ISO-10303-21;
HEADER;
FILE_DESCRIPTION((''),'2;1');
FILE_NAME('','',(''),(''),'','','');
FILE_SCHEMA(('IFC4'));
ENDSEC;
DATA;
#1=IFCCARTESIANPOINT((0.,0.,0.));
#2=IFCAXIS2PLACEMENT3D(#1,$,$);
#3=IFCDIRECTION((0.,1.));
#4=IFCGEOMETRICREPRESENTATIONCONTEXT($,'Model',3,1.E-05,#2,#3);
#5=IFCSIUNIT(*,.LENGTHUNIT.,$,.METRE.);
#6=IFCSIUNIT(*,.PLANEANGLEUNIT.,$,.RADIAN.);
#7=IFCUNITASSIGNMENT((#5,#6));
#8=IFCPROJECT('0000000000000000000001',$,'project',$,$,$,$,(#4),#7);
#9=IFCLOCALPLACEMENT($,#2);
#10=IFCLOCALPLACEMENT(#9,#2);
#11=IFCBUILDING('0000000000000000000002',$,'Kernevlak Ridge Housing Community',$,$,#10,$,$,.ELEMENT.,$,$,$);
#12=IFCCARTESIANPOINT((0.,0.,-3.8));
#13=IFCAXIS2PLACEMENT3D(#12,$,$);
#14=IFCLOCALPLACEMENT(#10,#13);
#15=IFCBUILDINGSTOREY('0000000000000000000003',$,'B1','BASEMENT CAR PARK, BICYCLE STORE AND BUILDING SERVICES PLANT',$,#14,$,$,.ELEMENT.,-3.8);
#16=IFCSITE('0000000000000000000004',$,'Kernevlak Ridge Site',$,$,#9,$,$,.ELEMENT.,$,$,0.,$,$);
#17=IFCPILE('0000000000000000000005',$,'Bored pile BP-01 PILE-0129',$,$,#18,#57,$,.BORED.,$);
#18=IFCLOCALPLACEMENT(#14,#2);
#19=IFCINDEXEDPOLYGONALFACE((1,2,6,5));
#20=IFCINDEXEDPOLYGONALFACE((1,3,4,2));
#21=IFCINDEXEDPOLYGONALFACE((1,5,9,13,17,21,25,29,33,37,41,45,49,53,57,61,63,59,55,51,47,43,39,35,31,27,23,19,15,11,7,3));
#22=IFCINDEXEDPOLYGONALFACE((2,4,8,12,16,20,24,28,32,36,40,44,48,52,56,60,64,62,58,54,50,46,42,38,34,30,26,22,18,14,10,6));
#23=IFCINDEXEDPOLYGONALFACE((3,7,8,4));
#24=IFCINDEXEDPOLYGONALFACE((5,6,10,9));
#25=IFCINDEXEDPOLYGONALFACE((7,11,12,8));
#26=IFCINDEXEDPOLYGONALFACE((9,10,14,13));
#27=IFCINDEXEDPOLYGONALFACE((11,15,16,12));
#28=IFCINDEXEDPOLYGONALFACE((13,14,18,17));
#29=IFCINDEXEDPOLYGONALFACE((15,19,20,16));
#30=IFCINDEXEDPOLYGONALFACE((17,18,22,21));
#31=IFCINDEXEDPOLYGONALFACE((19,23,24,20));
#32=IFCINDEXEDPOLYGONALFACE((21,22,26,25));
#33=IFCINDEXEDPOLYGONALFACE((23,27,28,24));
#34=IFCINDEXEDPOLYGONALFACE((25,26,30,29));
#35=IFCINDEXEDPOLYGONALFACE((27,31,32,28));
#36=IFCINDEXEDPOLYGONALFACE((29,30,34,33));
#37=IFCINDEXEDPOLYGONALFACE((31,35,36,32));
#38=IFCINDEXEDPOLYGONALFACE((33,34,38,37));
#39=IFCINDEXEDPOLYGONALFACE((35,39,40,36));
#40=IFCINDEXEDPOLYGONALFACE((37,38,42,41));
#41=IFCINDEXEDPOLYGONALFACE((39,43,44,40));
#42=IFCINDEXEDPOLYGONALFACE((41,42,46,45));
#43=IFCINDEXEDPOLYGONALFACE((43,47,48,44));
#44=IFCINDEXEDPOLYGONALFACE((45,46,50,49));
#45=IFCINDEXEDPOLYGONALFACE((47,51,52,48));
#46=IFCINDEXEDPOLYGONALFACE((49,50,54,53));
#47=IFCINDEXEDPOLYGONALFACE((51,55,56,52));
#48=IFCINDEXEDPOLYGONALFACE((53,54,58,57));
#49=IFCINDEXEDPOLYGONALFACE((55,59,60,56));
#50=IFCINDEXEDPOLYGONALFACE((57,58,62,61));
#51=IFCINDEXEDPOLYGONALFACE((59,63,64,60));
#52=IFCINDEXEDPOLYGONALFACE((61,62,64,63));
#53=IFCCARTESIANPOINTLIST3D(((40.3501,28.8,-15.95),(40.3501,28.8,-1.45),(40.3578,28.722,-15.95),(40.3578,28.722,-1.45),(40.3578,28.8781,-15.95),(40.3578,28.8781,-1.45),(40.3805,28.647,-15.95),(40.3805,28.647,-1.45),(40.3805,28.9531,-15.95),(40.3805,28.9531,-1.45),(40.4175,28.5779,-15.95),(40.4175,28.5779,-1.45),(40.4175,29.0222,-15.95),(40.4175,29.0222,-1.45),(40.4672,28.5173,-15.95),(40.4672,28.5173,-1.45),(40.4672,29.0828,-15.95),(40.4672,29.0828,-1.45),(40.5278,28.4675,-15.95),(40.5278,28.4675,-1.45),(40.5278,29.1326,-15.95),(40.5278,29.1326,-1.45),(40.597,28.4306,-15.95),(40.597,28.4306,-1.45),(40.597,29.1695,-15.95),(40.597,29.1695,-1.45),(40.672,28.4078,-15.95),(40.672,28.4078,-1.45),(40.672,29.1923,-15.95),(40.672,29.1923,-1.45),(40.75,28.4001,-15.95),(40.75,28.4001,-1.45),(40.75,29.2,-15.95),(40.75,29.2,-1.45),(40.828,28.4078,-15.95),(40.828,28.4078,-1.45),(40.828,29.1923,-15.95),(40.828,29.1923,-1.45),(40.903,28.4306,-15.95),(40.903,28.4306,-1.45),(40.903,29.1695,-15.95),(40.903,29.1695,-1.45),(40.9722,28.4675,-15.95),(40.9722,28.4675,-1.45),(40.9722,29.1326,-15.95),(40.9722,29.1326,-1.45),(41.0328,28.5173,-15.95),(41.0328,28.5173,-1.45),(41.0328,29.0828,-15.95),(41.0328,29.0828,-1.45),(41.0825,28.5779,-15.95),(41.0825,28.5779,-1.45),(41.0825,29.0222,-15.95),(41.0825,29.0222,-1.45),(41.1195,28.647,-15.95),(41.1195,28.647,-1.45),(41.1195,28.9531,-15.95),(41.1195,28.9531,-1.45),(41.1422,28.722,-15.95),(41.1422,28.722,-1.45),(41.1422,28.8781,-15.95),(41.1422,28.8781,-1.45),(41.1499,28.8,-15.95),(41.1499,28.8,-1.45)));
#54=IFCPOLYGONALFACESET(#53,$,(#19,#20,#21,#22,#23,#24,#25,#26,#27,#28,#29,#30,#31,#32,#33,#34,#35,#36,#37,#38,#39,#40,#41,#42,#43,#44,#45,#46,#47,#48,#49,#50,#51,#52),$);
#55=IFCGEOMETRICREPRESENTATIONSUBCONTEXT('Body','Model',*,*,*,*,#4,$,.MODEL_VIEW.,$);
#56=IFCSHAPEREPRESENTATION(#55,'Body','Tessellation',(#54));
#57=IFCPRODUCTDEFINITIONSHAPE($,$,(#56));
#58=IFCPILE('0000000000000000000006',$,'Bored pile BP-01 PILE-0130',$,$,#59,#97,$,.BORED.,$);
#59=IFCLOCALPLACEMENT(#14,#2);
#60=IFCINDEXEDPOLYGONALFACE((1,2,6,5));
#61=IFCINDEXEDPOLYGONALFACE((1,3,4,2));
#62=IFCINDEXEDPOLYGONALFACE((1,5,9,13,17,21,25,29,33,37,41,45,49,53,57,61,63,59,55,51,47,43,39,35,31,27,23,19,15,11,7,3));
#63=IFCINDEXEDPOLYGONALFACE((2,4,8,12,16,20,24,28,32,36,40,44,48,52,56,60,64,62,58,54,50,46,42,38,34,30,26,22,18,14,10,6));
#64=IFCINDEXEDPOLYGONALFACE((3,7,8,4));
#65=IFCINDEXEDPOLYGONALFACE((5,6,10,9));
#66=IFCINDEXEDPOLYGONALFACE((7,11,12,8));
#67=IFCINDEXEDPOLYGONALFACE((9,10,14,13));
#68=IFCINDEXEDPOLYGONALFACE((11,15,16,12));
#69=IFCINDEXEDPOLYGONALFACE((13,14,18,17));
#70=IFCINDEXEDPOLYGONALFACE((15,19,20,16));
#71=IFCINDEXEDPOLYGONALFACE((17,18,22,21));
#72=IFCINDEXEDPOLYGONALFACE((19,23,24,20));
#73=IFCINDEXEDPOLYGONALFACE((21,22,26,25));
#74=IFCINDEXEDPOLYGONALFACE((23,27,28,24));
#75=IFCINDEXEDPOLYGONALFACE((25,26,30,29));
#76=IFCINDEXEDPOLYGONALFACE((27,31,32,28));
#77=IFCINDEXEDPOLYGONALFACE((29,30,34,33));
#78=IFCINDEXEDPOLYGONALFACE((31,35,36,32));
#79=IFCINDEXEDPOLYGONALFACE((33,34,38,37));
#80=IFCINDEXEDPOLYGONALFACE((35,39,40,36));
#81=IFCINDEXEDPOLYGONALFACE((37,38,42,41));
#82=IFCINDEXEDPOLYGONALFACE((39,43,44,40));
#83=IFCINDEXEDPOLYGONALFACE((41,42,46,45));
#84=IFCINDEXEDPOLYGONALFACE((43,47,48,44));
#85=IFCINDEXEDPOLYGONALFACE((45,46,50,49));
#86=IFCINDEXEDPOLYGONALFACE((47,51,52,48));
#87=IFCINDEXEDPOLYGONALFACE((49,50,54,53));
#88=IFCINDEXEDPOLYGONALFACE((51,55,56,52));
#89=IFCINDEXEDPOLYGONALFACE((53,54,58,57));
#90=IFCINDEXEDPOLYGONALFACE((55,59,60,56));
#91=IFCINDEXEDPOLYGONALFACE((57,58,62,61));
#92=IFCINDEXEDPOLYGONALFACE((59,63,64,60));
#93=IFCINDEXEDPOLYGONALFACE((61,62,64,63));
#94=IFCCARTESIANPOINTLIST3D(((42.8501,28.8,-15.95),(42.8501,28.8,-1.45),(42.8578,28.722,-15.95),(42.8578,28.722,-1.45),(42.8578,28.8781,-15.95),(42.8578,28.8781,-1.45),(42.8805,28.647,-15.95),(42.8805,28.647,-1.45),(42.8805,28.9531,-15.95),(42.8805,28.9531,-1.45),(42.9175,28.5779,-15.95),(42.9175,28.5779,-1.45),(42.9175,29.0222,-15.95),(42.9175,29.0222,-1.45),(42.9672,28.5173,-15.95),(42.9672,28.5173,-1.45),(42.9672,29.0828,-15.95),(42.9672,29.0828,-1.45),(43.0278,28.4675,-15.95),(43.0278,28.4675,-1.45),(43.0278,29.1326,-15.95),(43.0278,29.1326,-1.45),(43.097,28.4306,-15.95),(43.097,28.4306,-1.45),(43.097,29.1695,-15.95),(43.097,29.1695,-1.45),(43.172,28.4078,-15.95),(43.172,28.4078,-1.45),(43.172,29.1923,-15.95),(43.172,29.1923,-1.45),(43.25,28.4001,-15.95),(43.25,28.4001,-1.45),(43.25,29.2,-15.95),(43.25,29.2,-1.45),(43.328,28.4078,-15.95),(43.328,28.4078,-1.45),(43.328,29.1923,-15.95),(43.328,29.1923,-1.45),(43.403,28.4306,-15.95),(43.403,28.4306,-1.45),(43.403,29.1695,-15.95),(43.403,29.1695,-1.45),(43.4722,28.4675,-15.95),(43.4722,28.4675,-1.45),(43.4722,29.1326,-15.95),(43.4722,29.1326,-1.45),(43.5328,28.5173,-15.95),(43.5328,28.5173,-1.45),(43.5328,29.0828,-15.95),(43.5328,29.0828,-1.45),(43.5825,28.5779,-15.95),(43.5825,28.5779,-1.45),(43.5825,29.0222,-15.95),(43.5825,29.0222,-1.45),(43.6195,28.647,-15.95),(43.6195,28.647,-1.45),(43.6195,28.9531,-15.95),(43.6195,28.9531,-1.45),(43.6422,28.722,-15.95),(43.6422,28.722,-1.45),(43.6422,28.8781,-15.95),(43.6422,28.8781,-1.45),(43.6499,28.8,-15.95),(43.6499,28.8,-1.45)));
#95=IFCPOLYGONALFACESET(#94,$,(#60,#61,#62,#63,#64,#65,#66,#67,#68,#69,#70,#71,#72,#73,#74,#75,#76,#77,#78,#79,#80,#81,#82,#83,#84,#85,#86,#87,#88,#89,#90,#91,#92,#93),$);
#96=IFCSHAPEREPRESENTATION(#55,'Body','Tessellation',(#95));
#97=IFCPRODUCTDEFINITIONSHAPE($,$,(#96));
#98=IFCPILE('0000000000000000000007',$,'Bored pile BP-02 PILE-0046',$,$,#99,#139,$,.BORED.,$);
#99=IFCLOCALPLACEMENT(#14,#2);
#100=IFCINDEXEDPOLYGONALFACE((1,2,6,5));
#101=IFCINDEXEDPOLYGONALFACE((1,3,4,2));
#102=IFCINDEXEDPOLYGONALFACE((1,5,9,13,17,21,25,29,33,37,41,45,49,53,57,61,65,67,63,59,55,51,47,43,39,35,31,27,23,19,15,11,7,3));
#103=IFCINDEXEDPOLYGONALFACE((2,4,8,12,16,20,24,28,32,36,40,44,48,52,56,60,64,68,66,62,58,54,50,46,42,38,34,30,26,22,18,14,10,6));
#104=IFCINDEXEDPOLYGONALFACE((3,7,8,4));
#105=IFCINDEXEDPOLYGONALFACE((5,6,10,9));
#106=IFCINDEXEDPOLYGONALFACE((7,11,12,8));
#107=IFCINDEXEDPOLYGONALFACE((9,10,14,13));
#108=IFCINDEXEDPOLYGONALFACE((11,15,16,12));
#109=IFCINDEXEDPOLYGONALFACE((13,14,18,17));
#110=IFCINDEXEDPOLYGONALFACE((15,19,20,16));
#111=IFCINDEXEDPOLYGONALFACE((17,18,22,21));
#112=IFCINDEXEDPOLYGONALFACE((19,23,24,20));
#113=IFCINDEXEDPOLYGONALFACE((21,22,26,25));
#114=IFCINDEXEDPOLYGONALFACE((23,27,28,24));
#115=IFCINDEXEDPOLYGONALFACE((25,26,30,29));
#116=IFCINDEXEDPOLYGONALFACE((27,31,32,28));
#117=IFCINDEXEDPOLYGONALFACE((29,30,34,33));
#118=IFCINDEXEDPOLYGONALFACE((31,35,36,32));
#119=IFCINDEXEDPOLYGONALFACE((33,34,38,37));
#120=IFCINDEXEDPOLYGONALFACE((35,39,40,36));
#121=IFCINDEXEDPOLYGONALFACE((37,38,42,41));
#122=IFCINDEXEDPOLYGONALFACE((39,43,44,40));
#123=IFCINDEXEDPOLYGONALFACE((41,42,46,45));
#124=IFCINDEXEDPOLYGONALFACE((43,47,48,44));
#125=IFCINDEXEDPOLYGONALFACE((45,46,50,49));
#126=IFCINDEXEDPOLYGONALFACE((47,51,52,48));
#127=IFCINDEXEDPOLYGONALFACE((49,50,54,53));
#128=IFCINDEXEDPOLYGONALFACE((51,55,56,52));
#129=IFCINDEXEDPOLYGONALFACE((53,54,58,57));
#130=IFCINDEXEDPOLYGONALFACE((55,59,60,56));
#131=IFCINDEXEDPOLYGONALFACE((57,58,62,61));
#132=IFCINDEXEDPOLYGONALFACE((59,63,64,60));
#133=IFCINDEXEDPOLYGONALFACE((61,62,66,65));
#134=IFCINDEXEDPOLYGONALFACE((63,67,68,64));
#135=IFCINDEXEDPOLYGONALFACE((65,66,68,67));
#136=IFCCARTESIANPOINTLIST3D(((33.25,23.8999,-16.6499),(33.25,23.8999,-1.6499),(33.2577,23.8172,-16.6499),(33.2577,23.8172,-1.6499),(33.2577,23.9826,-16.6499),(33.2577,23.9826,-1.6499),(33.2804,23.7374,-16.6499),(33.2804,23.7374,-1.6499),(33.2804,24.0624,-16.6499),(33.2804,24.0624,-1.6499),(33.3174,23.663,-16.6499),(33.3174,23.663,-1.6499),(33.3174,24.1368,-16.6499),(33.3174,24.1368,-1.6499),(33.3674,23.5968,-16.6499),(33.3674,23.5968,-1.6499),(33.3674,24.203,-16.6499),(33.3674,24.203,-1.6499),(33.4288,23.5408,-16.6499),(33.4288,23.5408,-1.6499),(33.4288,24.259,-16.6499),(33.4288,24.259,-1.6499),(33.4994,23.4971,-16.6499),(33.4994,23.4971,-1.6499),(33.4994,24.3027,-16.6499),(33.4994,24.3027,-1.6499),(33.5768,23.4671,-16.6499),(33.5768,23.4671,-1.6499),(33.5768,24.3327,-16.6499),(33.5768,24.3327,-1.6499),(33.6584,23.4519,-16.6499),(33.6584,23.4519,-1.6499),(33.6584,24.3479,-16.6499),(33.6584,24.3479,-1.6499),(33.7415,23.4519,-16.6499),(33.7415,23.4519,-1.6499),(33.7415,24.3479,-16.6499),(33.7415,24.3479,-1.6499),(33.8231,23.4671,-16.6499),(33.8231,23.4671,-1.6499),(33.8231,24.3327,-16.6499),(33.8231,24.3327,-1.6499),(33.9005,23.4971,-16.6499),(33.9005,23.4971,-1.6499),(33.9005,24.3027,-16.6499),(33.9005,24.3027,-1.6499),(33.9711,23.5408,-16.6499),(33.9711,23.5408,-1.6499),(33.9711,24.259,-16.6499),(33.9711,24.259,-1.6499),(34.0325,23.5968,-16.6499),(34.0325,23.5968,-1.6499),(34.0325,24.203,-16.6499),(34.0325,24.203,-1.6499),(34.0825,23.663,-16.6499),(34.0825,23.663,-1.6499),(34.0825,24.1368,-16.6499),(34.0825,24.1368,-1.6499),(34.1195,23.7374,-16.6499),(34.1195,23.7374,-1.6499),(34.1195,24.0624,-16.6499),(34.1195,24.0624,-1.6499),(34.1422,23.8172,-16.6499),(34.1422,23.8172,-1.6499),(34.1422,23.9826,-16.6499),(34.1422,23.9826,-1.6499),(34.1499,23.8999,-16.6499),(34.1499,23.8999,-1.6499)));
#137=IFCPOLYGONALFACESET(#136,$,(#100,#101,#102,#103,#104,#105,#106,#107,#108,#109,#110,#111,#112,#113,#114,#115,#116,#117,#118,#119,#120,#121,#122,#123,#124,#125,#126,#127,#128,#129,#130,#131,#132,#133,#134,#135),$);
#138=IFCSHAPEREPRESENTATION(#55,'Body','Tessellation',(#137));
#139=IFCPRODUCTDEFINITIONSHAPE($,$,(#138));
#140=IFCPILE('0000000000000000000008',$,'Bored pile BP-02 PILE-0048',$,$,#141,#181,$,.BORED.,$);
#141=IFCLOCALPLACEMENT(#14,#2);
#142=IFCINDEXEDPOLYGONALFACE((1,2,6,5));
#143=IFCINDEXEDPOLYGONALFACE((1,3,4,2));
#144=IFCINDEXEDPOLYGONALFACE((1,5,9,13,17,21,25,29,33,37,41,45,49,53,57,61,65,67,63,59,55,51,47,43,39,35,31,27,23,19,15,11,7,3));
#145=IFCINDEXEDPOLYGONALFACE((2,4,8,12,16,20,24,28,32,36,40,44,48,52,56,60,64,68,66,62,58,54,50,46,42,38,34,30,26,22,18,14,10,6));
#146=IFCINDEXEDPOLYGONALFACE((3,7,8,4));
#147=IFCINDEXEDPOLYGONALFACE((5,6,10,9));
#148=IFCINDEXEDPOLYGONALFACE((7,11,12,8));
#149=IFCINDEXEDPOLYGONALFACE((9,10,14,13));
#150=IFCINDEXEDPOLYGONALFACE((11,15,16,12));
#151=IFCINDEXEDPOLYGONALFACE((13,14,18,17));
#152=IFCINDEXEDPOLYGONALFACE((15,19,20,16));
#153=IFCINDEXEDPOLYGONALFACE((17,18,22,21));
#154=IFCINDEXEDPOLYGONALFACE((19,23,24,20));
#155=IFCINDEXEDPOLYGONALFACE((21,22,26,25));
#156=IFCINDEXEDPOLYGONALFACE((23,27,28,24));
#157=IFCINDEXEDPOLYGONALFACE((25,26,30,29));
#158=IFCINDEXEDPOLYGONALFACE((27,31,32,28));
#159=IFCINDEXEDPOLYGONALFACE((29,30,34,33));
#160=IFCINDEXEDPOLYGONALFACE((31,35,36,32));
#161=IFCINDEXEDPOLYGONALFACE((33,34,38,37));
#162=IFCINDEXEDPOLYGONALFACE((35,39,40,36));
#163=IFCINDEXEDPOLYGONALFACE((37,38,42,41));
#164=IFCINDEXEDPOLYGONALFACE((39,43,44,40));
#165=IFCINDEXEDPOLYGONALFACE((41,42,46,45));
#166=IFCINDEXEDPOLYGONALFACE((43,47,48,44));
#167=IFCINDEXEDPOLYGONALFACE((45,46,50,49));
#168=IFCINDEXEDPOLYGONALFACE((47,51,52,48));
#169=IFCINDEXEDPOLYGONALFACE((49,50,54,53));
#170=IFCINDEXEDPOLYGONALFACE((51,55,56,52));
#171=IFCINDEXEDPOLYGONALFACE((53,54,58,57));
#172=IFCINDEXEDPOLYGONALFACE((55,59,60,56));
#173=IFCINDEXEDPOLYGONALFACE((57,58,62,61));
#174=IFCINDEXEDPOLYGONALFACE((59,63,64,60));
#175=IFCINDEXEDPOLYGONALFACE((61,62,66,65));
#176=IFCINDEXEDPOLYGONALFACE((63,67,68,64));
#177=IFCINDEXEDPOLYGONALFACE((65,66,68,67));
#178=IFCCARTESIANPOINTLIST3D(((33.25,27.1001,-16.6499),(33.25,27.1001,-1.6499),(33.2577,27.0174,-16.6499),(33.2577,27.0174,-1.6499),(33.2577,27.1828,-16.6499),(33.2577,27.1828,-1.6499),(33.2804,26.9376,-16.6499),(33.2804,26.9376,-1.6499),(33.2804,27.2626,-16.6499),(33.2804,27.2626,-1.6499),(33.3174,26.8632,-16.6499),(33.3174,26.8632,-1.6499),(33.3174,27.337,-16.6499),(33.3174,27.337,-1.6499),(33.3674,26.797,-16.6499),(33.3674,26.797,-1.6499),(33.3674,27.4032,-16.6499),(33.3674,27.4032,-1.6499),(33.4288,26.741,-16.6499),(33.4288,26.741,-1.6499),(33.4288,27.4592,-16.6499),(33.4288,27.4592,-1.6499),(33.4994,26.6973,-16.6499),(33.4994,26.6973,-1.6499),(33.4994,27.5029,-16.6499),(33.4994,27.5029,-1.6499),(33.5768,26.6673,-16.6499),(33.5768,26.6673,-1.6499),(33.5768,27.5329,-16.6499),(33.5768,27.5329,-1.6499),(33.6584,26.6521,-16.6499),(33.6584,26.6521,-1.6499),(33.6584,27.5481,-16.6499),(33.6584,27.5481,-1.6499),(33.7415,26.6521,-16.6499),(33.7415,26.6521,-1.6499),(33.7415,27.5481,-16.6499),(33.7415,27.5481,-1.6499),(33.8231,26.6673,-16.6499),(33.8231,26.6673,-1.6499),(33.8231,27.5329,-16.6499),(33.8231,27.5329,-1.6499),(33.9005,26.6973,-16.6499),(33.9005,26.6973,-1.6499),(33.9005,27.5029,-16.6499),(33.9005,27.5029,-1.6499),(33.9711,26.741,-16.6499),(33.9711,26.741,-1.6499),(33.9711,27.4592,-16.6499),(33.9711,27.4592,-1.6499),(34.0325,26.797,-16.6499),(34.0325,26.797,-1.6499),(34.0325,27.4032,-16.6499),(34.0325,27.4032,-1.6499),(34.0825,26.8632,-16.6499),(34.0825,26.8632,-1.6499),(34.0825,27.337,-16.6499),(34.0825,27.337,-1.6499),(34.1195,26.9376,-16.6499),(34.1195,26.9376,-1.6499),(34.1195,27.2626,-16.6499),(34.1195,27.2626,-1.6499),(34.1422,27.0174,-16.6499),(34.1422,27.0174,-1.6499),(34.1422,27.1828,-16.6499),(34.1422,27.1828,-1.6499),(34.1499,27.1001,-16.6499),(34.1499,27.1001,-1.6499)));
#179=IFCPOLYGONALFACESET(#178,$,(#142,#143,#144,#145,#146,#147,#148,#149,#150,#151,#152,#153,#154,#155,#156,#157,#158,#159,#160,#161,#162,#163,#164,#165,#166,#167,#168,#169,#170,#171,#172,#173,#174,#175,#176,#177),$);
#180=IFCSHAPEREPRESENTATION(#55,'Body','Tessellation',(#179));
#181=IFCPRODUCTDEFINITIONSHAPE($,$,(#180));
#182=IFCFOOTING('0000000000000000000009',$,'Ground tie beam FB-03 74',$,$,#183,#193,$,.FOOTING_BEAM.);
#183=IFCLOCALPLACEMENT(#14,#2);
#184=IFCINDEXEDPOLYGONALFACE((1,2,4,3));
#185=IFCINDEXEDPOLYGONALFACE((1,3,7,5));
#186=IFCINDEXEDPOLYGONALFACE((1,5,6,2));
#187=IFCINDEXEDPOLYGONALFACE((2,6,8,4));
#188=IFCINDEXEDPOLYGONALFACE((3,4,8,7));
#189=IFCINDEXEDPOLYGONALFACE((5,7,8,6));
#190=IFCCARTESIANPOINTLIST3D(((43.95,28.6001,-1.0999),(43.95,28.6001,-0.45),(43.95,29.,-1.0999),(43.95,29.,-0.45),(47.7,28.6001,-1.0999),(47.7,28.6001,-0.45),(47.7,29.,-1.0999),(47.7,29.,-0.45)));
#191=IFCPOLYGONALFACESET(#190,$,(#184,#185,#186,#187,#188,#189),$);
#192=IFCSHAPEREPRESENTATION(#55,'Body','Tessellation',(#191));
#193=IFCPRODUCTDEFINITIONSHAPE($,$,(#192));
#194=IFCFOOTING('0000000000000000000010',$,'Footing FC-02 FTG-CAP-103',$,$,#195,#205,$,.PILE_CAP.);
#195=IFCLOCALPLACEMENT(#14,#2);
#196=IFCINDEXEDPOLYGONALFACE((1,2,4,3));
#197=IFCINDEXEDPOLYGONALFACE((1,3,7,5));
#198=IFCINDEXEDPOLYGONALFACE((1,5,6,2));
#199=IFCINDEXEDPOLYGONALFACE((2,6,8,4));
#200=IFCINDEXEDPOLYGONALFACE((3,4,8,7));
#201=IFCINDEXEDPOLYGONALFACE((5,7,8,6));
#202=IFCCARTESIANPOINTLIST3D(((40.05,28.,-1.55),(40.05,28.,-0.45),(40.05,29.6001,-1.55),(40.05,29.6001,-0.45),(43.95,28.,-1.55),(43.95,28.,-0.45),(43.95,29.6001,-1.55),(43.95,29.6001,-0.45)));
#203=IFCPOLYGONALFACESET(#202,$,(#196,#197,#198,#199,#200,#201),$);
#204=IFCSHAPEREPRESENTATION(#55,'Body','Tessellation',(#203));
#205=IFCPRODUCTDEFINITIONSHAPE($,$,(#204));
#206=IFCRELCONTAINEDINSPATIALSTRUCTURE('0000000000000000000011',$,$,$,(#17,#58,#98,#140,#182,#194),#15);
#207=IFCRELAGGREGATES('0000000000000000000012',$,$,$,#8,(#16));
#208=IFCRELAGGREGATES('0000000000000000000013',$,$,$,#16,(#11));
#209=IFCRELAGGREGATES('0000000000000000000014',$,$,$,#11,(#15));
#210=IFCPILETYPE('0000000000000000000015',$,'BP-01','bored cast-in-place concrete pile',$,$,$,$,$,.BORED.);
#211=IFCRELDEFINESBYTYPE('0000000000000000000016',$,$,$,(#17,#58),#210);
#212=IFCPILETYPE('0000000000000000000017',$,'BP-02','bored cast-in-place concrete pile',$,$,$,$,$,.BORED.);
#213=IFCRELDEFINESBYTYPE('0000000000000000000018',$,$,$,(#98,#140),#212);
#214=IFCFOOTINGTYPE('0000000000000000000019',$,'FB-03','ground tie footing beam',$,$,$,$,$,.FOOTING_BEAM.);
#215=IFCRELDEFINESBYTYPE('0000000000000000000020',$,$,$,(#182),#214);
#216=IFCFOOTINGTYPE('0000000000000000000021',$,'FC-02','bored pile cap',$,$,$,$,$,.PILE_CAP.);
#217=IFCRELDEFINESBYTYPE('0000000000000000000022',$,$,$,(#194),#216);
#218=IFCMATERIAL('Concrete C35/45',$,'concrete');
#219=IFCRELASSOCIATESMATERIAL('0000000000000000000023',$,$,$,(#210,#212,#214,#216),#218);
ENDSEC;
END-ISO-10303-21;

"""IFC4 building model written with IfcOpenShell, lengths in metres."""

from ifc_helpers import new_model, si_unit, direction, frame, origin, origin_2d, place, context, subcontext, project, spatial, rectangle, circle, extrude, material, material_profile, profile_set, type_object, element, save


model = new_model("IFC4")

# Units and contexts
model_context = context("Model", 3, precision=1e-05, world=origin(), true_north=direction((0.0, 1.0)))
body_context = subcontext(model_context, "Body", "Model", "MODEL_VIEW")
ifc_project = project(units=[si_unit("LENGTHUNIT", "METRE"), si_unit("PLANEANGLEUNIT", "RADIAN")], contexts=[model_context])

# Site, building, storey
site_placement = place(None, origin())
site = spatial("IfcSite", under=ifc_project, at=site_placement, Name="Kernevlak Ridge Site", CompositionType="ELEMENT", RefElevation=0.0)
building_placement = place(site_placement, origin())
building = spatial("IfcBuilding", under=site, at=building_placement, Name="Kernevlak Ridge Housing Community", CompositionType="ELEMENT")
storey_placement = place(building_placement, frame((0.0, 0.0, -3.8)))
storey = spatial("IfcBuildingStorey", under=building, at=storey_placement, Name="B1", Description="BASEMENT CAR PARK, BICYCLE STORE AND BUILDING SERVICES PLANT", CompositionType="ELEMENT", Elevation=-3.8)

# Piles
ifc_material_1 = material(Name="Concrete C35/45", Category="concrete")
ifc_material_profile_1 = material_profile(ifc_material_1, circle(Radius=0.3999, at=origin_2d()), Name="BORED PILE 800")
ifc_profile_set_1 = profile_set([ifc_material_profile_1], Name="Concrete C35/45")
pile_type_1 = type_object("IfcPileType", Name="BP-01", Description="bored cast-in-place concrete pile", PredefinedType="BORED", material=ifc_profile_set_1)
for number, where, z_axis, x_axis, name in (
    (1, (40.75, 28.8, -1.45), (0.0, 0.0, -1.0), (1.0, 0.0, 0.0), "Bored pile BP-01 PILE-0129"),
    (2, (43.25, 28.8, -1.45), (0.0, 0.0, -1.0), (1.0, 0.0, 0.0), "Bored pile BP-01 PILE-0130"),
):
    element("IfcPile", number, at=place(storey_placement, frame(where, z_axis=z_axis, x_axis=x_axis)), inside=storey, type_object=pile_type_1, Name=name, PredefinedType="BORED", context=body_context, shape_type="SweptSolid", body=[
        extrude(circle(Radius=0.3999, at=origin_2d()), origin(), (0.0, 0.0, 1.0), 14.5),
    ])
ifc_material_profile_2 = material_profile(ifc_material_1, circle(Radius=0.45, at=origin_2d()), Name="BORED PILE 900")
ifc_profile_set_2 = profile_set([ifc_material_profile_2], Name="Concrete C35/45")
pile_type_2 = type_object("IfcPileType", Name="BP-02", Description="bored cast-in-place concrete pile", PredefinedType="BORED", material=ifc_profile_set_2)
for number, where, z_axis, x_axis, name in (
    (3, (33.7, 23.8999, -1.6499), (0.0, 0.0, -1.0), (1.0, 0.0, 0.0), "Bored pile BP-02 PILE-0046"),
    (4, (33.7, 27.1001, -1.6499), (0.0, 0.0, -1.0), (1.0, 0.0, 0.0), "Bored pile BP-02 PILE-0048"),
):
    element("IfcPile", number, at=place(storey_placement, frame(where, z_axis=z_axis, x_axis=x_axis)), inside=storey, type_object=pile_type_2, Name=name, PredefinedType="BORED", context=body_context, shape_type="SweptSolid", body=[
        extrude(circle(Radius=0.45, at=origin_2d()), origin(), (0.0, 0.0, 1.0), 15.0),
    ])

# Footings
ifc_material_profile_3 = material_profile(ifc_material_1, rectangle(XDim=0.3999, YDim=0.6499, at=origin_2d()), Name="RC 400x650")
ifc_profile_set_3 = profile_set([ifc_material_profile_3], Name="Concrete C35/45")
footing_type_1 = type_object("IfcFootingType", Name="FB-03", Description="ground tie footing beam", PredefinedType="FOOTING_BEAM", material=ifc_profile_set_3)
footing_1_placement = place(storey_placement, frame((43.95, 28.8, -0.7749), z_axis=(1.0, 0.0, 0.0), x_axis=(0.0, 1.0, 0.0)))
element("IfcFooting", 5, at=footing_1_placement, inside=storey, type_object=footing_type_1, Name="Ground tie beam FB-03 74", PredefinedType="FOOTING_BEAM", context=body_context, shape_type="SweptSolid", body=[
    extrude(rectangle(XDim=0.3999, YDim=0.6499, at=origin_2d()), origin(), (0.0, 0.0, 1.0), 3.75),
])
footing_type_2 = type_object("IfcFootingType", Name="FC-02", Description="bored pile cap", PredefinedType="PILE_CAP", material=ifc_material_1)
footing_2_placement = place(storey_placement, frame((42.0, 28.8, -1.55), z_axis=(0.0, 0.0, 1.0), x_axis=(1.0, 0.0, 0.0)))
element("IfcFooting", 6, at=footing_2_placement, inside=storey, type_object=footing_type_2, Name="Footing FC-02 FTG-CAP-103", PredefinedType="PILE_CAP", context=body_context, shape_type="SweptSolid", body=[
    extrude(rectangle(XDim=3.8999, YDim=1.6001, at=origin_2d()), origin(), (0.0, 0.0, 1.0), 1.1001),
])

save(model, "model.ifc")
